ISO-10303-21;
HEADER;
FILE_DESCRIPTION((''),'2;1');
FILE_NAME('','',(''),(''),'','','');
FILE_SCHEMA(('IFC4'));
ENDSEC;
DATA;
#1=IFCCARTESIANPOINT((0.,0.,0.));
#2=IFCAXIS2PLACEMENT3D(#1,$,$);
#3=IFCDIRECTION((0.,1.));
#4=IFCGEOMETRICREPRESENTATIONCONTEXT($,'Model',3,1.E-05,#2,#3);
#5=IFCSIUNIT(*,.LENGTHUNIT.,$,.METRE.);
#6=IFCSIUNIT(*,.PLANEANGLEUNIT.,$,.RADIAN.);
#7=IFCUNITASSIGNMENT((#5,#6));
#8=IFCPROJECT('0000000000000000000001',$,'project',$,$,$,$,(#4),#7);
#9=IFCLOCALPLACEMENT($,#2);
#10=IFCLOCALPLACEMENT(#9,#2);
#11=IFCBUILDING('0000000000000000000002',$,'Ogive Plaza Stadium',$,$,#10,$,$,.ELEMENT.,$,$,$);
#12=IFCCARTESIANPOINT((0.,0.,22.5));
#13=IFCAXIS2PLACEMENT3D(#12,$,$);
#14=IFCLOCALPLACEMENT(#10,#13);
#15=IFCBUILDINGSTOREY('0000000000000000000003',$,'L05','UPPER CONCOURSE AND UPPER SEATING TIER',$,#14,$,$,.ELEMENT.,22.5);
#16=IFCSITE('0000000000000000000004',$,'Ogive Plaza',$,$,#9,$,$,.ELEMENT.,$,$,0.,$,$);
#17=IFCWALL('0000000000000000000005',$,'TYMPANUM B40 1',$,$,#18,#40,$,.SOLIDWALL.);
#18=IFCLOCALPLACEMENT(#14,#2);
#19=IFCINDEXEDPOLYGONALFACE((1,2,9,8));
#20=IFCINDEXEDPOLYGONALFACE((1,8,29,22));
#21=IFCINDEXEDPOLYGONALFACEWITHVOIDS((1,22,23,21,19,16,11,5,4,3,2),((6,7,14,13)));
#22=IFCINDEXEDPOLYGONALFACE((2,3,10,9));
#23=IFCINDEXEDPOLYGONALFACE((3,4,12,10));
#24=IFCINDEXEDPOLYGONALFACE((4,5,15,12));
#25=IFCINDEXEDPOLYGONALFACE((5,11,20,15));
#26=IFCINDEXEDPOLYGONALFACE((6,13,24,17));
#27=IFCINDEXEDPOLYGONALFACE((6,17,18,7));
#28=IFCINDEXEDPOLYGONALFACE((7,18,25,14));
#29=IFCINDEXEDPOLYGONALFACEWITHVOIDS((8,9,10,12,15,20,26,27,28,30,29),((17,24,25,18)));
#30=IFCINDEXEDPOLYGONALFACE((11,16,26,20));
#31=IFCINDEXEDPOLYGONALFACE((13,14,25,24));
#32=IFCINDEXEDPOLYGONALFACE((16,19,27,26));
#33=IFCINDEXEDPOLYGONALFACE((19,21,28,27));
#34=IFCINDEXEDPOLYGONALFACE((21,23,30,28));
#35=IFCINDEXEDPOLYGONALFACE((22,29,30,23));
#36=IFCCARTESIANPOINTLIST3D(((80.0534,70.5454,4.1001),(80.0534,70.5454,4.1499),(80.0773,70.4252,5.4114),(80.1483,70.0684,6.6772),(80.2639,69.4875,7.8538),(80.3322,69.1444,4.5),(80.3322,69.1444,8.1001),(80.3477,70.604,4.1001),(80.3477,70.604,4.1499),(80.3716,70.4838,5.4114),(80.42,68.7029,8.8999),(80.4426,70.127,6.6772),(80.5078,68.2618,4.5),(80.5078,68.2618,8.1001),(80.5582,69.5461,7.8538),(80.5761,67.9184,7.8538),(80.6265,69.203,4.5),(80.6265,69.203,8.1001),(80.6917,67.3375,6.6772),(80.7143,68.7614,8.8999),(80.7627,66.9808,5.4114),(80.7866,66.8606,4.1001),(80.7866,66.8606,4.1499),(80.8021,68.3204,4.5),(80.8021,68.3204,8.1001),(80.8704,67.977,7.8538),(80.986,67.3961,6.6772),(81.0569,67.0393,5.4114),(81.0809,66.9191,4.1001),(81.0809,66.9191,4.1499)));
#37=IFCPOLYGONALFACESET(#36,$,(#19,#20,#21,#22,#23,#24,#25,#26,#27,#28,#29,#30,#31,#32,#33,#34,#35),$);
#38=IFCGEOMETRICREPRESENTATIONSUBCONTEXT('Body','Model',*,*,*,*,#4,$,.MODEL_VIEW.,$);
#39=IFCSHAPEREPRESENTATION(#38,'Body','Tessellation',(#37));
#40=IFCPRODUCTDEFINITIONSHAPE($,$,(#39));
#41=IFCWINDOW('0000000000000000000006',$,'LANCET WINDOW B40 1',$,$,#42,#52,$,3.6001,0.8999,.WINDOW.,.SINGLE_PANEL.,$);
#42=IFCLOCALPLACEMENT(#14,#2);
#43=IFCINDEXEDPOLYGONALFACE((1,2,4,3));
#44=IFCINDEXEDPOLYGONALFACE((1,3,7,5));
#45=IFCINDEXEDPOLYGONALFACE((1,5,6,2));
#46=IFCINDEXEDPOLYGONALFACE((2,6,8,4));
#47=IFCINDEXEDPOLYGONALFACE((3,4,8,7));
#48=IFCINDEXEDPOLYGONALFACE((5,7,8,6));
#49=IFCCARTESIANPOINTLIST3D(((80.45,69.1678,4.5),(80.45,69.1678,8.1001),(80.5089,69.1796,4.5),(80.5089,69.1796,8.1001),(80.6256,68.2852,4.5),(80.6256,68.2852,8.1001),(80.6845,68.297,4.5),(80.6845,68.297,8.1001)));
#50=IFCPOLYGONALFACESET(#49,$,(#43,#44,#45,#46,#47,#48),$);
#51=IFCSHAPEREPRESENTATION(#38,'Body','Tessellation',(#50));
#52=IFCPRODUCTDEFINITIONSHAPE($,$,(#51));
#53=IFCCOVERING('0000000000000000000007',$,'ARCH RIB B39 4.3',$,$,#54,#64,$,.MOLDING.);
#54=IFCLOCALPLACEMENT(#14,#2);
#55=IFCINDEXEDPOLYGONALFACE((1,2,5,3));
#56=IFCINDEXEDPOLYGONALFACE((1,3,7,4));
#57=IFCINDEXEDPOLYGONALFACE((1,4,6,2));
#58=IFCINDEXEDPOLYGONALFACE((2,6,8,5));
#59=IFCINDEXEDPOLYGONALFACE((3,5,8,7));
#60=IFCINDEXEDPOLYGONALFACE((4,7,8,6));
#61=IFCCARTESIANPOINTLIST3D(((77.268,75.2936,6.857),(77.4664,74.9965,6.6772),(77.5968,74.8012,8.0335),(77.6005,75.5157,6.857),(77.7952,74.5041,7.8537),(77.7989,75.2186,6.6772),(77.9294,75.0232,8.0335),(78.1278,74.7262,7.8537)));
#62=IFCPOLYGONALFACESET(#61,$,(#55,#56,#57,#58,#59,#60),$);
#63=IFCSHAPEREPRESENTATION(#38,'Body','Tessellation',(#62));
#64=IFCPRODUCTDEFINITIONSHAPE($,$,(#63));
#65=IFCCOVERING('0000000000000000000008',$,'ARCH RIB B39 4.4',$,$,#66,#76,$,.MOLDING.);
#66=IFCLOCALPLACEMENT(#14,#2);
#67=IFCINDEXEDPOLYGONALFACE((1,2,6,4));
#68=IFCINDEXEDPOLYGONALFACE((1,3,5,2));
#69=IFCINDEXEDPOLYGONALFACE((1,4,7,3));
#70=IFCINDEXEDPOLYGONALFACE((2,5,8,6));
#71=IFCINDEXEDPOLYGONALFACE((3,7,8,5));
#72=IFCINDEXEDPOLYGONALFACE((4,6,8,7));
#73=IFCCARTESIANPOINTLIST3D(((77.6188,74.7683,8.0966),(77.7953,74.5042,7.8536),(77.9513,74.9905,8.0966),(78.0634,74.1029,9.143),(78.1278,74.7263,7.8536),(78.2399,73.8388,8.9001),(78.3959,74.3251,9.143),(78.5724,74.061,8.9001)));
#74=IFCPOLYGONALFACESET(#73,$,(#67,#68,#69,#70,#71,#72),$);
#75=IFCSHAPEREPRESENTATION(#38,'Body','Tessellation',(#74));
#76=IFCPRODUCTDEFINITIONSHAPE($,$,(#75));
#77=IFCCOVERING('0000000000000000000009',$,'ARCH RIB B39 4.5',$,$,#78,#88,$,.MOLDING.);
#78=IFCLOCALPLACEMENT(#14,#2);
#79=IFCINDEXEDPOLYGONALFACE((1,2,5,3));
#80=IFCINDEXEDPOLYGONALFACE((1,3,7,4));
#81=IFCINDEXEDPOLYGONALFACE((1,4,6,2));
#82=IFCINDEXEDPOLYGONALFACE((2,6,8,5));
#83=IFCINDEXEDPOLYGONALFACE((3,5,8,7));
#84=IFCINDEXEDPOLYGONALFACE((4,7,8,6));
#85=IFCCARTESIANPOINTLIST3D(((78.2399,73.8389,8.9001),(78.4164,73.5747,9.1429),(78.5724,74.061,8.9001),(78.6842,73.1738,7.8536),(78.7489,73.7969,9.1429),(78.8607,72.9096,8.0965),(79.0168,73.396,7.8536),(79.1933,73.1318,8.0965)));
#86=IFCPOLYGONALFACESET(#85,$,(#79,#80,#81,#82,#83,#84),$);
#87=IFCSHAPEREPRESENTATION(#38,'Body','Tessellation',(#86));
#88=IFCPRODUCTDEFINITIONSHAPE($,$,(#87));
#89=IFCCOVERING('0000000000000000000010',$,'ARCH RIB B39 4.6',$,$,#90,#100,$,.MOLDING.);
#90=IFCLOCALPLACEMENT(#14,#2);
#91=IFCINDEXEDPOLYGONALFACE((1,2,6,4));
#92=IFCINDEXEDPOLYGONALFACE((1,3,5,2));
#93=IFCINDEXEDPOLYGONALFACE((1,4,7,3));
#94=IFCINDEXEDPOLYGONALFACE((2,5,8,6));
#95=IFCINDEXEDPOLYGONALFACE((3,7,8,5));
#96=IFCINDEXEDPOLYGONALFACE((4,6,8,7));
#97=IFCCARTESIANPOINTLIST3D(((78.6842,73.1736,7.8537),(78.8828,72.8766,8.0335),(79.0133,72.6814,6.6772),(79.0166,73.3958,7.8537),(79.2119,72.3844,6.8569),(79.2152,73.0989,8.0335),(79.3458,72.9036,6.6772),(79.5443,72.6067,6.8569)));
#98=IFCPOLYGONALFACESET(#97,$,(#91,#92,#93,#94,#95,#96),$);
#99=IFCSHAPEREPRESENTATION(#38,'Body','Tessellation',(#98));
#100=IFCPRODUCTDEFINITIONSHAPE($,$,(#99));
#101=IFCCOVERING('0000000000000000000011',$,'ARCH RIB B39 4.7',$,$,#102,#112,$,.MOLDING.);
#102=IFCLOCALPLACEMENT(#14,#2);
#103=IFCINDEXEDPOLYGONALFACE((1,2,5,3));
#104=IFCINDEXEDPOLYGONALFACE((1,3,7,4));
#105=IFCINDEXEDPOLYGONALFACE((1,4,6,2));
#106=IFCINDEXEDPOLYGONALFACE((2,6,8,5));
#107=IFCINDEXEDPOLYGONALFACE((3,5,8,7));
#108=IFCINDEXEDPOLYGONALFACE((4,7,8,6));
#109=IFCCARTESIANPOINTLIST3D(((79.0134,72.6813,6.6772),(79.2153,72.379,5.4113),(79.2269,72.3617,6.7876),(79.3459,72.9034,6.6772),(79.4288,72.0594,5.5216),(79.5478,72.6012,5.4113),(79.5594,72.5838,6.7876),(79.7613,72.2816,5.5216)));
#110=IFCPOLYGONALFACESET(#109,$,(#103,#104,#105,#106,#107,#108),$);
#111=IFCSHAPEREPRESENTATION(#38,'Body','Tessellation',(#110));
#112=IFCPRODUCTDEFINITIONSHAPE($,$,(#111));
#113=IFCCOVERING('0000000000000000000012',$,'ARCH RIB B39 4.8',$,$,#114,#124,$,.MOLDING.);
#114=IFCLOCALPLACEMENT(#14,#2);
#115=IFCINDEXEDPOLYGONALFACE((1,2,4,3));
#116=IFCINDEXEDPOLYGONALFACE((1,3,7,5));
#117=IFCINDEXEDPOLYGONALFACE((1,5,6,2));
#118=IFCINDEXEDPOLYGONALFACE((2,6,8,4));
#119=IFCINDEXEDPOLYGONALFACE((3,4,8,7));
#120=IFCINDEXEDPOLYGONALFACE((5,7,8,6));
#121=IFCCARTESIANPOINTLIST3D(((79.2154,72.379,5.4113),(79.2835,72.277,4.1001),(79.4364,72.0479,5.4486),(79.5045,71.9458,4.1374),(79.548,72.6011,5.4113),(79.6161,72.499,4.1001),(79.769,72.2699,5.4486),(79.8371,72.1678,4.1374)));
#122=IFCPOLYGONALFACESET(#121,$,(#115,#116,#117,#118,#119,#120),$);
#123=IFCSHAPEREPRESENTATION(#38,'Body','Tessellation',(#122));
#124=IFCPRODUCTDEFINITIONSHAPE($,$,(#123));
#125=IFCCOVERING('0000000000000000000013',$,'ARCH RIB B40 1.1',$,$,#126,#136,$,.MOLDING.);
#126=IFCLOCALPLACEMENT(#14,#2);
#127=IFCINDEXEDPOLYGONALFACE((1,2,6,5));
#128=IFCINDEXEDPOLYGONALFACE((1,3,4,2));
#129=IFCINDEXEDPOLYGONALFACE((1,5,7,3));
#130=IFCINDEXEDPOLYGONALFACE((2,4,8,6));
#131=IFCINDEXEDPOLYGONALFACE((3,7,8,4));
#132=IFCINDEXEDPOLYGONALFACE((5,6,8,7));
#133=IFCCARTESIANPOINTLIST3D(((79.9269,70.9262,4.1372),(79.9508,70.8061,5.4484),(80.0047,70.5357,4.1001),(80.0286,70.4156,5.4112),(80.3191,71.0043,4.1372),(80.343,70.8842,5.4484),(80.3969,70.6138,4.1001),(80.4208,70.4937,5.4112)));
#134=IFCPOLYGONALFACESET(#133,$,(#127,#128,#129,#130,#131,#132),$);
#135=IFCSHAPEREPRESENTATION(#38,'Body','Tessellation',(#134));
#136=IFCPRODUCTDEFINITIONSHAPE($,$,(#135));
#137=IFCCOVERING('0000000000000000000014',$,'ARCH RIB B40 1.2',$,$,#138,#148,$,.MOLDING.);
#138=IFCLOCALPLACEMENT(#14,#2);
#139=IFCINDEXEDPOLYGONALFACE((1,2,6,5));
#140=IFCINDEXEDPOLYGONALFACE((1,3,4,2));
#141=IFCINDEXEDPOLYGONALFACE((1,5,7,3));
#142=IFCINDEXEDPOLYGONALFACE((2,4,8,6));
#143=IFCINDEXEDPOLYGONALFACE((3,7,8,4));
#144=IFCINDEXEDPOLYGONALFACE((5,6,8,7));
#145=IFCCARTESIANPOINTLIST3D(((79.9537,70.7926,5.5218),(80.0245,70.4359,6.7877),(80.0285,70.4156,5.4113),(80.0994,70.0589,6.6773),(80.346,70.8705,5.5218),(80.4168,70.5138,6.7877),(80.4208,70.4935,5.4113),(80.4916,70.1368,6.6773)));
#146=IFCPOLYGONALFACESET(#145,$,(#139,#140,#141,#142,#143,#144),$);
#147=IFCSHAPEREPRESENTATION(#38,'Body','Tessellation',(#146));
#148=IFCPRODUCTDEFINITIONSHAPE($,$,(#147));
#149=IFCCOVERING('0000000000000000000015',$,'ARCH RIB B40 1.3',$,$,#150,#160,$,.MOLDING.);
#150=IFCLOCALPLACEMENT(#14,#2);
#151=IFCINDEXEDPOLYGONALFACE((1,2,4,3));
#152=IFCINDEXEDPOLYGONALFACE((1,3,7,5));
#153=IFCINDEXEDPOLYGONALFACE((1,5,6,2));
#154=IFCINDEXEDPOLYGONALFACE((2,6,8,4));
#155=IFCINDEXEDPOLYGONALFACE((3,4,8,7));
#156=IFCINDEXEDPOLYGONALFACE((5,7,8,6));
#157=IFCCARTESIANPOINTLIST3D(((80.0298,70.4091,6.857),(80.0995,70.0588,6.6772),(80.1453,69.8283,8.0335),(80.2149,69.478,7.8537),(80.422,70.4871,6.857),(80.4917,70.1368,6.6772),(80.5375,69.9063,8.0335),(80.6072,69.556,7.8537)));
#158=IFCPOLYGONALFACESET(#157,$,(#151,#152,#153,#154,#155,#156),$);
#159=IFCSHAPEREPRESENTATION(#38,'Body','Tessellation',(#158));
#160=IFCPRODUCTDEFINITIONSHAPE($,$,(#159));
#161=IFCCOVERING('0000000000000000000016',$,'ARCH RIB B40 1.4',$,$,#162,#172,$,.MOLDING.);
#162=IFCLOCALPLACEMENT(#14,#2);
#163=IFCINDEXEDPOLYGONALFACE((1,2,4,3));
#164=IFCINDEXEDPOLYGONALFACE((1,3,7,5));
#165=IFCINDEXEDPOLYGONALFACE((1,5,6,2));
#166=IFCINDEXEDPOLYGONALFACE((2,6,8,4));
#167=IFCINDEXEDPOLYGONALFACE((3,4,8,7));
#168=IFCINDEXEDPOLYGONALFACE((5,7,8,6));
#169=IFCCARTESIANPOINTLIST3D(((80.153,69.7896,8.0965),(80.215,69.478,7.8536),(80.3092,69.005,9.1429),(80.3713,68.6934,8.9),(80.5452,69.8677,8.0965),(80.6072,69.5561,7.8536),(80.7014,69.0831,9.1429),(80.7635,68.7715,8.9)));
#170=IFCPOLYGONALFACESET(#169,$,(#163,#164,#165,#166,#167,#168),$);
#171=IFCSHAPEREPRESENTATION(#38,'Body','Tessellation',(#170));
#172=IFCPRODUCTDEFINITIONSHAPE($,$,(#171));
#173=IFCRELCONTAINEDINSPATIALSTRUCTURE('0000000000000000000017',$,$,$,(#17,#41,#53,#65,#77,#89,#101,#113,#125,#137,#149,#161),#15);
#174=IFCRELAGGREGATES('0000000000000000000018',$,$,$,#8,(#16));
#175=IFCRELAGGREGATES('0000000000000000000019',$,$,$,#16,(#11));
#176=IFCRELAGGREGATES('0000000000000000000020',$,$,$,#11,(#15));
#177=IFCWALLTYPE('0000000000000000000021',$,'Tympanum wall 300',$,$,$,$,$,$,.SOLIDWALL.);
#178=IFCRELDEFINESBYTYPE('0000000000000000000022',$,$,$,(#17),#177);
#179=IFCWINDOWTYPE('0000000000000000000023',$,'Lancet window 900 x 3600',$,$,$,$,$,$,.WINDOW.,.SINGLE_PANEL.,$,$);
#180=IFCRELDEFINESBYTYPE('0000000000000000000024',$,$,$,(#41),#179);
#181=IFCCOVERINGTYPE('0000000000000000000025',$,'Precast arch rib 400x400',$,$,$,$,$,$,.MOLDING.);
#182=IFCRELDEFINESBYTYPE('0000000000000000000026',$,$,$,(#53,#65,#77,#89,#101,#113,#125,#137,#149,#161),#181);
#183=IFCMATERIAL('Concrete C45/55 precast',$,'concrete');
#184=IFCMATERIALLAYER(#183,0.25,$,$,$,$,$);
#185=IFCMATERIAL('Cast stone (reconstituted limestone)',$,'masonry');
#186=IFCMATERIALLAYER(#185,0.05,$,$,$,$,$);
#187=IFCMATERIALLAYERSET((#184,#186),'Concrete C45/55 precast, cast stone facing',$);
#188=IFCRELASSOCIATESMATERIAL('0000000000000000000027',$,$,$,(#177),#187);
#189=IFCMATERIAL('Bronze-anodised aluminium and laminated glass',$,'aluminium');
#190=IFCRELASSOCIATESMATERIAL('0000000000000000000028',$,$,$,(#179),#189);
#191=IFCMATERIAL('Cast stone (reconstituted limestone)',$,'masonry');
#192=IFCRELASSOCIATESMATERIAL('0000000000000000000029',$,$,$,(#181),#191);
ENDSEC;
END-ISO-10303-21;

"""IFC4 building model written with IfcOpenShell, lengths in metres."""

from ifc_helpers import new_model, si_unit, direction, frame, frame_2d, origin, origin_2d, place, context, subcontext, project, spatial, polyline, rectangle, outline, extrude, material, layer, layer_set, material_profile, profile_set, type_object, element, fill, save


model = new_model("IFC4")

# Units and contexts
model_context = context("Model", 3, precision=1e-05, world=origin(), true_north=direction((0.0, 1.0)))
body_context = subcontext(model_context, "Body", "Model", "MODEL_VIEW")
ifc_project = project(units=[si_unit("LENGTHUNIT", "METRE"), si_unit("PLANEANGLEUNIT", "RADIAN")], contexts=[model_context])

# Site, building, storey
site_placement = place(None, origin())
site = spatial("IfcSite", under=ifc_project, at=site_placement, Name="Ogive Plaza", CompositionType="ELEMENT", RefElevation=0.0)
building_placement = place(site_placement, origin())
building = spatial("IfcBuilding", under=site, at=building_placement, Name="Ogive Plaza Stadium", CompositionType="ELEMENT")
storey_placement = place(building_placement, frame((0.0, 0.0, 22.5)))
storey = spatial("IfcBuildingStorey", under=building, at=storey_placement, Name="L05", Description="UPPER CONCOURSE AND UPPER SEATING TIER", CompositionType="ELEMENT", Elevation=22.5)

# Wall, opening, window
ifc_material_1 = material(Name="Concrete C45/55 precast", Category="concrete")
ifc_layer_1 = layer(ifc_material_1, 0.25)
ifc_material_2 = material(Name="Cast stone (reconstituted limestone)", Category="masonry")
ifc_layer_2 = layer(ifc_material_2, 0.05)
ifc_layer_set_1 = layer_set([ifc_layer_1, ifc_layer_2], Name="Concrete C45/55 precast, cast stone facing")
wall_type = type_object("IfcWallType", Name="Tympanum wall 300", PredefinedType="SOLIDWALL", material=ifc_layer_set_1)
wall_placement = place(storey_placement, frame((80.2007, 70.5747, 4.1001), z_axis=(0.0, 0.0, 1.0), x_axis=(0.195141, -0.980775, 0.0)))
wall = element("IfcWall", 1, at=wall_placement, inside=storey, type_object=wall_type, Name="TYMPANUM B40 1", PredefinedType="SOLIDWALL", context=body_context, shape_type="SweptSolid", body=[
    extrude(outline(polyline([(0.0, 0.0), (3.7571, 0.0), (3.7571, 0.0498), (3.6345, 1.3113), (3.2708, 2.5771), (2.6785, 3.7537), (1.8787, 4.7998), (1.0786, 3.7537), (0.4863, 2.5771), (0.1226, 1.3113), (0.0, 0.0498), (0.0, 0.0)])), frame((0.0, 0.1499, 0.0), z_axis=(0.0, -1.0, 0.0), x_axis=(1.0, 0.0, 0.0)), (0.0, 0.0, 1.0), 0.3),
])
opening_placement = place(wall_placement, frame((1.4285, 0.0, 0.3999)))
opening = element("IfcOpeningElement", 2, at=opening_placement, cuts=wall, PredefinedType="OPENING", context=body_context, shape_type="SweptSolid", body=[
    extrude(rectangle(XDim=0.8999, YDim=3.6001, at=frame_2d((0.45, 1.8))), frame((0.0, 0.1602, 0.0), z_axis=(0.0, -1.0, 0.0), x_axis=(1.0, 0.0, 0.0)), (0.0, 0.0, 1.0), 0.3201),
])
ifc_material_3 = material(Name="Bronze-anodised aluminium and laminated glass", Category="aluminium")
window_type = type_object("IfcWindowType", Name="Lancet window 900 x 3600", PartitioningType="SINGLE_PANEL", PredefinedType="WINDOW", material=ifc_material_3)
window_placement = place(opening_placement, origin())
window = element("IfcWindow", 3, at=window_placement, inside=storey, type_object=window_type, Name="LANCET WINDOW B40 1", OverallHeight=3.6001, OverallWidth=0.8999, PartitioningType="SINGLE_PANEL", PredefinedType="WINDOW", context=body_context, shape_type="SweptSolid", body=[
    extrude(rectangle(XDim=0.8999, YDim=3.6001, at=frame_2d((0.45, 1.8))), frame((0.0, 0.03, 0.0), z_axis=(0.0, -1.0, 0.0), x_axis=(1.0, 0.0, 0.0)), (0.0, 0.0, 1.0), 0.0601),
])
fill(opening, window)

# Coverings
ifc_material_4 = material(Name="Cast stone (reconstituted limestone)", Category="masonry")
ifc_material_profile_1 = material_profile(ifc_material_4, rectangle(XDim=0.3999, YDim=0.3999, at=origin_2d()), Name="Cast stone 400x400")
ifc_profile_set_1 = profile_set([ifc_material_profile_1], Name="Cast stone (reconstituted limestone)")
covering_type = type_object("IfcCoveringType", Name="Precast arch rib 400x400", PredefinedType="MOLDING", material=ifc_profile_set_1)
covering_1_placement = place(storey_placement, frame((77.5334, 75.2561, 6.7671), z_axis=(0.249678, -0.373868, 0.893243), x_axis=(0.831606, 0.555366, 0.0)))
element("IfcCovering", 4, at=covering_1_placement, inside=storey, type_object=covering_type, Name="ARCH RIB B39 4.3", PredefinedType="MOLDING", context=body_context, shape_type="SweptSolid", body=[
    extrude(rectangle(XDim=0.3999, YDim=0.3999, at=origin_2d()), origin(), (0.0, 0.0, 1.0), 1.3171),
])
covering_2_placement = place(storey_placement, frame((77.8733, 74.7473, 7.9751), z_axis=(0.337503, -0.50505, 0.794365), x_axis=(0.83144, 0.555615, 0.0)))
element("IfcCovering", 5, at=covering_2_placement, inside=storey, type_object=covering_type, Name="ARCH RIB B39 4.4", PredefinedType="MOLDING", context=body_context, shape_type="SweptSolid", body=[
    extrude(rectangle(XDim=0.3999, YDim=0.3999, at=origin_2d()), origin(), (0.0, 0.0, 1.0), 1.3174),
])
for number, where, z_axis, x_axis, name in (
    (6, (78.4944, 73.8179, 9.0215), (0.337371, -0.504944, -0.794489), (0.831486, 0.555545, 0.0), "ARCH RIB B39 4.5"),
    (7, (78.9497, 73.1362, 7.9436), (0.249869, -0.373692, -0.893264), (0.831288, 0.555842, 0.0), "ARCH RIB B39 4.6"),
    (8, (79.2864, 72.6326, 6.7324), (0.153304, -0.229492, -0.961161), (0.831533, 0.555475, 0.0), "ARCH RIB B39 4.7"),
):
    element("IfcCovering", number, at=place(storey_placement, frame(where, z_axis=z_axis, x_axis=x_axis)), inside=storey, type_object=covering_type, Name=name, PredefinedType="MOLDING", context=body_context, shape_type="SweptSolid", body=[
        extrude(rectangle(XDim=0.3999, YDim=0.3999, at=origin_2d()), origin(), (0.0, 0.0, 1.0), 1.3171),
    ])
for number, where, z_axis, x_axis, name in (
    (9, (79.4922, 72.3245, 5.4299), (0.05172, -0.077487, -0.995651), (0.831744, 0.555159, 0.0), "ARCH RIB B39 4.8"),
    (10, (80.1619, 70.77, 4.1187), (0.018167, -0.091206, 0.995666), (0.980734, 0.195349, 0.0), "ARCH RIB B40 1.1"),
):
    element("IfcCovering", number, at=place(storey_placement, frame(where, z_axis=z_axis, x_axis=x_axis)), inside=storey, type_object=covering_type, Name=name, PredefinedType="MOLDING", context=body_context, shape_type="SweptSolid", body=[
        extrude(rectangle(XDim=0.3999, YDim=0.3999, at=origin_2d()), origin(), (0.0, 0.0, 1.0), 1.3169),
    ])
for number, where, z_axis, x_axis, name in (
    (11, (80.1873, 70.6431, 5.4666), (0.053756, -0.270821, 0.961128), (0.980864, 0.194696, 0.0), "ARCH RIB B40 1.2"),
    (12, (80.2607, 70.2729, 6.7671), (0.087674, -0.440963, 0.893233), (0.980802, 0.195006, 0.0), "ARCH RIB B40 1.3"),
    (13, (80.3801, 69.6729, 7.9751), (0.118622, -0.595704, 0.794396), (0.980745, 0.195295, 0.0), "ARCH RIB B40 1.4"),
):
    element("IfcCovering", number, at=place(storey_placement, frame(where, z_axis=z_axis, x_axis=x_axis)), inside=storey, type_object=covering_type, Name=name, PredefinedType="MOLDING", context=body_context, shape_type="SweptSolid", body=[
        extrude(rectangle(XDim=0.3999, YDim=0.3999, at=origin_2d()), origin(), (0.0, 0.0, 1.0), 1.3171),
    ])

save(model, "model.ifc")
